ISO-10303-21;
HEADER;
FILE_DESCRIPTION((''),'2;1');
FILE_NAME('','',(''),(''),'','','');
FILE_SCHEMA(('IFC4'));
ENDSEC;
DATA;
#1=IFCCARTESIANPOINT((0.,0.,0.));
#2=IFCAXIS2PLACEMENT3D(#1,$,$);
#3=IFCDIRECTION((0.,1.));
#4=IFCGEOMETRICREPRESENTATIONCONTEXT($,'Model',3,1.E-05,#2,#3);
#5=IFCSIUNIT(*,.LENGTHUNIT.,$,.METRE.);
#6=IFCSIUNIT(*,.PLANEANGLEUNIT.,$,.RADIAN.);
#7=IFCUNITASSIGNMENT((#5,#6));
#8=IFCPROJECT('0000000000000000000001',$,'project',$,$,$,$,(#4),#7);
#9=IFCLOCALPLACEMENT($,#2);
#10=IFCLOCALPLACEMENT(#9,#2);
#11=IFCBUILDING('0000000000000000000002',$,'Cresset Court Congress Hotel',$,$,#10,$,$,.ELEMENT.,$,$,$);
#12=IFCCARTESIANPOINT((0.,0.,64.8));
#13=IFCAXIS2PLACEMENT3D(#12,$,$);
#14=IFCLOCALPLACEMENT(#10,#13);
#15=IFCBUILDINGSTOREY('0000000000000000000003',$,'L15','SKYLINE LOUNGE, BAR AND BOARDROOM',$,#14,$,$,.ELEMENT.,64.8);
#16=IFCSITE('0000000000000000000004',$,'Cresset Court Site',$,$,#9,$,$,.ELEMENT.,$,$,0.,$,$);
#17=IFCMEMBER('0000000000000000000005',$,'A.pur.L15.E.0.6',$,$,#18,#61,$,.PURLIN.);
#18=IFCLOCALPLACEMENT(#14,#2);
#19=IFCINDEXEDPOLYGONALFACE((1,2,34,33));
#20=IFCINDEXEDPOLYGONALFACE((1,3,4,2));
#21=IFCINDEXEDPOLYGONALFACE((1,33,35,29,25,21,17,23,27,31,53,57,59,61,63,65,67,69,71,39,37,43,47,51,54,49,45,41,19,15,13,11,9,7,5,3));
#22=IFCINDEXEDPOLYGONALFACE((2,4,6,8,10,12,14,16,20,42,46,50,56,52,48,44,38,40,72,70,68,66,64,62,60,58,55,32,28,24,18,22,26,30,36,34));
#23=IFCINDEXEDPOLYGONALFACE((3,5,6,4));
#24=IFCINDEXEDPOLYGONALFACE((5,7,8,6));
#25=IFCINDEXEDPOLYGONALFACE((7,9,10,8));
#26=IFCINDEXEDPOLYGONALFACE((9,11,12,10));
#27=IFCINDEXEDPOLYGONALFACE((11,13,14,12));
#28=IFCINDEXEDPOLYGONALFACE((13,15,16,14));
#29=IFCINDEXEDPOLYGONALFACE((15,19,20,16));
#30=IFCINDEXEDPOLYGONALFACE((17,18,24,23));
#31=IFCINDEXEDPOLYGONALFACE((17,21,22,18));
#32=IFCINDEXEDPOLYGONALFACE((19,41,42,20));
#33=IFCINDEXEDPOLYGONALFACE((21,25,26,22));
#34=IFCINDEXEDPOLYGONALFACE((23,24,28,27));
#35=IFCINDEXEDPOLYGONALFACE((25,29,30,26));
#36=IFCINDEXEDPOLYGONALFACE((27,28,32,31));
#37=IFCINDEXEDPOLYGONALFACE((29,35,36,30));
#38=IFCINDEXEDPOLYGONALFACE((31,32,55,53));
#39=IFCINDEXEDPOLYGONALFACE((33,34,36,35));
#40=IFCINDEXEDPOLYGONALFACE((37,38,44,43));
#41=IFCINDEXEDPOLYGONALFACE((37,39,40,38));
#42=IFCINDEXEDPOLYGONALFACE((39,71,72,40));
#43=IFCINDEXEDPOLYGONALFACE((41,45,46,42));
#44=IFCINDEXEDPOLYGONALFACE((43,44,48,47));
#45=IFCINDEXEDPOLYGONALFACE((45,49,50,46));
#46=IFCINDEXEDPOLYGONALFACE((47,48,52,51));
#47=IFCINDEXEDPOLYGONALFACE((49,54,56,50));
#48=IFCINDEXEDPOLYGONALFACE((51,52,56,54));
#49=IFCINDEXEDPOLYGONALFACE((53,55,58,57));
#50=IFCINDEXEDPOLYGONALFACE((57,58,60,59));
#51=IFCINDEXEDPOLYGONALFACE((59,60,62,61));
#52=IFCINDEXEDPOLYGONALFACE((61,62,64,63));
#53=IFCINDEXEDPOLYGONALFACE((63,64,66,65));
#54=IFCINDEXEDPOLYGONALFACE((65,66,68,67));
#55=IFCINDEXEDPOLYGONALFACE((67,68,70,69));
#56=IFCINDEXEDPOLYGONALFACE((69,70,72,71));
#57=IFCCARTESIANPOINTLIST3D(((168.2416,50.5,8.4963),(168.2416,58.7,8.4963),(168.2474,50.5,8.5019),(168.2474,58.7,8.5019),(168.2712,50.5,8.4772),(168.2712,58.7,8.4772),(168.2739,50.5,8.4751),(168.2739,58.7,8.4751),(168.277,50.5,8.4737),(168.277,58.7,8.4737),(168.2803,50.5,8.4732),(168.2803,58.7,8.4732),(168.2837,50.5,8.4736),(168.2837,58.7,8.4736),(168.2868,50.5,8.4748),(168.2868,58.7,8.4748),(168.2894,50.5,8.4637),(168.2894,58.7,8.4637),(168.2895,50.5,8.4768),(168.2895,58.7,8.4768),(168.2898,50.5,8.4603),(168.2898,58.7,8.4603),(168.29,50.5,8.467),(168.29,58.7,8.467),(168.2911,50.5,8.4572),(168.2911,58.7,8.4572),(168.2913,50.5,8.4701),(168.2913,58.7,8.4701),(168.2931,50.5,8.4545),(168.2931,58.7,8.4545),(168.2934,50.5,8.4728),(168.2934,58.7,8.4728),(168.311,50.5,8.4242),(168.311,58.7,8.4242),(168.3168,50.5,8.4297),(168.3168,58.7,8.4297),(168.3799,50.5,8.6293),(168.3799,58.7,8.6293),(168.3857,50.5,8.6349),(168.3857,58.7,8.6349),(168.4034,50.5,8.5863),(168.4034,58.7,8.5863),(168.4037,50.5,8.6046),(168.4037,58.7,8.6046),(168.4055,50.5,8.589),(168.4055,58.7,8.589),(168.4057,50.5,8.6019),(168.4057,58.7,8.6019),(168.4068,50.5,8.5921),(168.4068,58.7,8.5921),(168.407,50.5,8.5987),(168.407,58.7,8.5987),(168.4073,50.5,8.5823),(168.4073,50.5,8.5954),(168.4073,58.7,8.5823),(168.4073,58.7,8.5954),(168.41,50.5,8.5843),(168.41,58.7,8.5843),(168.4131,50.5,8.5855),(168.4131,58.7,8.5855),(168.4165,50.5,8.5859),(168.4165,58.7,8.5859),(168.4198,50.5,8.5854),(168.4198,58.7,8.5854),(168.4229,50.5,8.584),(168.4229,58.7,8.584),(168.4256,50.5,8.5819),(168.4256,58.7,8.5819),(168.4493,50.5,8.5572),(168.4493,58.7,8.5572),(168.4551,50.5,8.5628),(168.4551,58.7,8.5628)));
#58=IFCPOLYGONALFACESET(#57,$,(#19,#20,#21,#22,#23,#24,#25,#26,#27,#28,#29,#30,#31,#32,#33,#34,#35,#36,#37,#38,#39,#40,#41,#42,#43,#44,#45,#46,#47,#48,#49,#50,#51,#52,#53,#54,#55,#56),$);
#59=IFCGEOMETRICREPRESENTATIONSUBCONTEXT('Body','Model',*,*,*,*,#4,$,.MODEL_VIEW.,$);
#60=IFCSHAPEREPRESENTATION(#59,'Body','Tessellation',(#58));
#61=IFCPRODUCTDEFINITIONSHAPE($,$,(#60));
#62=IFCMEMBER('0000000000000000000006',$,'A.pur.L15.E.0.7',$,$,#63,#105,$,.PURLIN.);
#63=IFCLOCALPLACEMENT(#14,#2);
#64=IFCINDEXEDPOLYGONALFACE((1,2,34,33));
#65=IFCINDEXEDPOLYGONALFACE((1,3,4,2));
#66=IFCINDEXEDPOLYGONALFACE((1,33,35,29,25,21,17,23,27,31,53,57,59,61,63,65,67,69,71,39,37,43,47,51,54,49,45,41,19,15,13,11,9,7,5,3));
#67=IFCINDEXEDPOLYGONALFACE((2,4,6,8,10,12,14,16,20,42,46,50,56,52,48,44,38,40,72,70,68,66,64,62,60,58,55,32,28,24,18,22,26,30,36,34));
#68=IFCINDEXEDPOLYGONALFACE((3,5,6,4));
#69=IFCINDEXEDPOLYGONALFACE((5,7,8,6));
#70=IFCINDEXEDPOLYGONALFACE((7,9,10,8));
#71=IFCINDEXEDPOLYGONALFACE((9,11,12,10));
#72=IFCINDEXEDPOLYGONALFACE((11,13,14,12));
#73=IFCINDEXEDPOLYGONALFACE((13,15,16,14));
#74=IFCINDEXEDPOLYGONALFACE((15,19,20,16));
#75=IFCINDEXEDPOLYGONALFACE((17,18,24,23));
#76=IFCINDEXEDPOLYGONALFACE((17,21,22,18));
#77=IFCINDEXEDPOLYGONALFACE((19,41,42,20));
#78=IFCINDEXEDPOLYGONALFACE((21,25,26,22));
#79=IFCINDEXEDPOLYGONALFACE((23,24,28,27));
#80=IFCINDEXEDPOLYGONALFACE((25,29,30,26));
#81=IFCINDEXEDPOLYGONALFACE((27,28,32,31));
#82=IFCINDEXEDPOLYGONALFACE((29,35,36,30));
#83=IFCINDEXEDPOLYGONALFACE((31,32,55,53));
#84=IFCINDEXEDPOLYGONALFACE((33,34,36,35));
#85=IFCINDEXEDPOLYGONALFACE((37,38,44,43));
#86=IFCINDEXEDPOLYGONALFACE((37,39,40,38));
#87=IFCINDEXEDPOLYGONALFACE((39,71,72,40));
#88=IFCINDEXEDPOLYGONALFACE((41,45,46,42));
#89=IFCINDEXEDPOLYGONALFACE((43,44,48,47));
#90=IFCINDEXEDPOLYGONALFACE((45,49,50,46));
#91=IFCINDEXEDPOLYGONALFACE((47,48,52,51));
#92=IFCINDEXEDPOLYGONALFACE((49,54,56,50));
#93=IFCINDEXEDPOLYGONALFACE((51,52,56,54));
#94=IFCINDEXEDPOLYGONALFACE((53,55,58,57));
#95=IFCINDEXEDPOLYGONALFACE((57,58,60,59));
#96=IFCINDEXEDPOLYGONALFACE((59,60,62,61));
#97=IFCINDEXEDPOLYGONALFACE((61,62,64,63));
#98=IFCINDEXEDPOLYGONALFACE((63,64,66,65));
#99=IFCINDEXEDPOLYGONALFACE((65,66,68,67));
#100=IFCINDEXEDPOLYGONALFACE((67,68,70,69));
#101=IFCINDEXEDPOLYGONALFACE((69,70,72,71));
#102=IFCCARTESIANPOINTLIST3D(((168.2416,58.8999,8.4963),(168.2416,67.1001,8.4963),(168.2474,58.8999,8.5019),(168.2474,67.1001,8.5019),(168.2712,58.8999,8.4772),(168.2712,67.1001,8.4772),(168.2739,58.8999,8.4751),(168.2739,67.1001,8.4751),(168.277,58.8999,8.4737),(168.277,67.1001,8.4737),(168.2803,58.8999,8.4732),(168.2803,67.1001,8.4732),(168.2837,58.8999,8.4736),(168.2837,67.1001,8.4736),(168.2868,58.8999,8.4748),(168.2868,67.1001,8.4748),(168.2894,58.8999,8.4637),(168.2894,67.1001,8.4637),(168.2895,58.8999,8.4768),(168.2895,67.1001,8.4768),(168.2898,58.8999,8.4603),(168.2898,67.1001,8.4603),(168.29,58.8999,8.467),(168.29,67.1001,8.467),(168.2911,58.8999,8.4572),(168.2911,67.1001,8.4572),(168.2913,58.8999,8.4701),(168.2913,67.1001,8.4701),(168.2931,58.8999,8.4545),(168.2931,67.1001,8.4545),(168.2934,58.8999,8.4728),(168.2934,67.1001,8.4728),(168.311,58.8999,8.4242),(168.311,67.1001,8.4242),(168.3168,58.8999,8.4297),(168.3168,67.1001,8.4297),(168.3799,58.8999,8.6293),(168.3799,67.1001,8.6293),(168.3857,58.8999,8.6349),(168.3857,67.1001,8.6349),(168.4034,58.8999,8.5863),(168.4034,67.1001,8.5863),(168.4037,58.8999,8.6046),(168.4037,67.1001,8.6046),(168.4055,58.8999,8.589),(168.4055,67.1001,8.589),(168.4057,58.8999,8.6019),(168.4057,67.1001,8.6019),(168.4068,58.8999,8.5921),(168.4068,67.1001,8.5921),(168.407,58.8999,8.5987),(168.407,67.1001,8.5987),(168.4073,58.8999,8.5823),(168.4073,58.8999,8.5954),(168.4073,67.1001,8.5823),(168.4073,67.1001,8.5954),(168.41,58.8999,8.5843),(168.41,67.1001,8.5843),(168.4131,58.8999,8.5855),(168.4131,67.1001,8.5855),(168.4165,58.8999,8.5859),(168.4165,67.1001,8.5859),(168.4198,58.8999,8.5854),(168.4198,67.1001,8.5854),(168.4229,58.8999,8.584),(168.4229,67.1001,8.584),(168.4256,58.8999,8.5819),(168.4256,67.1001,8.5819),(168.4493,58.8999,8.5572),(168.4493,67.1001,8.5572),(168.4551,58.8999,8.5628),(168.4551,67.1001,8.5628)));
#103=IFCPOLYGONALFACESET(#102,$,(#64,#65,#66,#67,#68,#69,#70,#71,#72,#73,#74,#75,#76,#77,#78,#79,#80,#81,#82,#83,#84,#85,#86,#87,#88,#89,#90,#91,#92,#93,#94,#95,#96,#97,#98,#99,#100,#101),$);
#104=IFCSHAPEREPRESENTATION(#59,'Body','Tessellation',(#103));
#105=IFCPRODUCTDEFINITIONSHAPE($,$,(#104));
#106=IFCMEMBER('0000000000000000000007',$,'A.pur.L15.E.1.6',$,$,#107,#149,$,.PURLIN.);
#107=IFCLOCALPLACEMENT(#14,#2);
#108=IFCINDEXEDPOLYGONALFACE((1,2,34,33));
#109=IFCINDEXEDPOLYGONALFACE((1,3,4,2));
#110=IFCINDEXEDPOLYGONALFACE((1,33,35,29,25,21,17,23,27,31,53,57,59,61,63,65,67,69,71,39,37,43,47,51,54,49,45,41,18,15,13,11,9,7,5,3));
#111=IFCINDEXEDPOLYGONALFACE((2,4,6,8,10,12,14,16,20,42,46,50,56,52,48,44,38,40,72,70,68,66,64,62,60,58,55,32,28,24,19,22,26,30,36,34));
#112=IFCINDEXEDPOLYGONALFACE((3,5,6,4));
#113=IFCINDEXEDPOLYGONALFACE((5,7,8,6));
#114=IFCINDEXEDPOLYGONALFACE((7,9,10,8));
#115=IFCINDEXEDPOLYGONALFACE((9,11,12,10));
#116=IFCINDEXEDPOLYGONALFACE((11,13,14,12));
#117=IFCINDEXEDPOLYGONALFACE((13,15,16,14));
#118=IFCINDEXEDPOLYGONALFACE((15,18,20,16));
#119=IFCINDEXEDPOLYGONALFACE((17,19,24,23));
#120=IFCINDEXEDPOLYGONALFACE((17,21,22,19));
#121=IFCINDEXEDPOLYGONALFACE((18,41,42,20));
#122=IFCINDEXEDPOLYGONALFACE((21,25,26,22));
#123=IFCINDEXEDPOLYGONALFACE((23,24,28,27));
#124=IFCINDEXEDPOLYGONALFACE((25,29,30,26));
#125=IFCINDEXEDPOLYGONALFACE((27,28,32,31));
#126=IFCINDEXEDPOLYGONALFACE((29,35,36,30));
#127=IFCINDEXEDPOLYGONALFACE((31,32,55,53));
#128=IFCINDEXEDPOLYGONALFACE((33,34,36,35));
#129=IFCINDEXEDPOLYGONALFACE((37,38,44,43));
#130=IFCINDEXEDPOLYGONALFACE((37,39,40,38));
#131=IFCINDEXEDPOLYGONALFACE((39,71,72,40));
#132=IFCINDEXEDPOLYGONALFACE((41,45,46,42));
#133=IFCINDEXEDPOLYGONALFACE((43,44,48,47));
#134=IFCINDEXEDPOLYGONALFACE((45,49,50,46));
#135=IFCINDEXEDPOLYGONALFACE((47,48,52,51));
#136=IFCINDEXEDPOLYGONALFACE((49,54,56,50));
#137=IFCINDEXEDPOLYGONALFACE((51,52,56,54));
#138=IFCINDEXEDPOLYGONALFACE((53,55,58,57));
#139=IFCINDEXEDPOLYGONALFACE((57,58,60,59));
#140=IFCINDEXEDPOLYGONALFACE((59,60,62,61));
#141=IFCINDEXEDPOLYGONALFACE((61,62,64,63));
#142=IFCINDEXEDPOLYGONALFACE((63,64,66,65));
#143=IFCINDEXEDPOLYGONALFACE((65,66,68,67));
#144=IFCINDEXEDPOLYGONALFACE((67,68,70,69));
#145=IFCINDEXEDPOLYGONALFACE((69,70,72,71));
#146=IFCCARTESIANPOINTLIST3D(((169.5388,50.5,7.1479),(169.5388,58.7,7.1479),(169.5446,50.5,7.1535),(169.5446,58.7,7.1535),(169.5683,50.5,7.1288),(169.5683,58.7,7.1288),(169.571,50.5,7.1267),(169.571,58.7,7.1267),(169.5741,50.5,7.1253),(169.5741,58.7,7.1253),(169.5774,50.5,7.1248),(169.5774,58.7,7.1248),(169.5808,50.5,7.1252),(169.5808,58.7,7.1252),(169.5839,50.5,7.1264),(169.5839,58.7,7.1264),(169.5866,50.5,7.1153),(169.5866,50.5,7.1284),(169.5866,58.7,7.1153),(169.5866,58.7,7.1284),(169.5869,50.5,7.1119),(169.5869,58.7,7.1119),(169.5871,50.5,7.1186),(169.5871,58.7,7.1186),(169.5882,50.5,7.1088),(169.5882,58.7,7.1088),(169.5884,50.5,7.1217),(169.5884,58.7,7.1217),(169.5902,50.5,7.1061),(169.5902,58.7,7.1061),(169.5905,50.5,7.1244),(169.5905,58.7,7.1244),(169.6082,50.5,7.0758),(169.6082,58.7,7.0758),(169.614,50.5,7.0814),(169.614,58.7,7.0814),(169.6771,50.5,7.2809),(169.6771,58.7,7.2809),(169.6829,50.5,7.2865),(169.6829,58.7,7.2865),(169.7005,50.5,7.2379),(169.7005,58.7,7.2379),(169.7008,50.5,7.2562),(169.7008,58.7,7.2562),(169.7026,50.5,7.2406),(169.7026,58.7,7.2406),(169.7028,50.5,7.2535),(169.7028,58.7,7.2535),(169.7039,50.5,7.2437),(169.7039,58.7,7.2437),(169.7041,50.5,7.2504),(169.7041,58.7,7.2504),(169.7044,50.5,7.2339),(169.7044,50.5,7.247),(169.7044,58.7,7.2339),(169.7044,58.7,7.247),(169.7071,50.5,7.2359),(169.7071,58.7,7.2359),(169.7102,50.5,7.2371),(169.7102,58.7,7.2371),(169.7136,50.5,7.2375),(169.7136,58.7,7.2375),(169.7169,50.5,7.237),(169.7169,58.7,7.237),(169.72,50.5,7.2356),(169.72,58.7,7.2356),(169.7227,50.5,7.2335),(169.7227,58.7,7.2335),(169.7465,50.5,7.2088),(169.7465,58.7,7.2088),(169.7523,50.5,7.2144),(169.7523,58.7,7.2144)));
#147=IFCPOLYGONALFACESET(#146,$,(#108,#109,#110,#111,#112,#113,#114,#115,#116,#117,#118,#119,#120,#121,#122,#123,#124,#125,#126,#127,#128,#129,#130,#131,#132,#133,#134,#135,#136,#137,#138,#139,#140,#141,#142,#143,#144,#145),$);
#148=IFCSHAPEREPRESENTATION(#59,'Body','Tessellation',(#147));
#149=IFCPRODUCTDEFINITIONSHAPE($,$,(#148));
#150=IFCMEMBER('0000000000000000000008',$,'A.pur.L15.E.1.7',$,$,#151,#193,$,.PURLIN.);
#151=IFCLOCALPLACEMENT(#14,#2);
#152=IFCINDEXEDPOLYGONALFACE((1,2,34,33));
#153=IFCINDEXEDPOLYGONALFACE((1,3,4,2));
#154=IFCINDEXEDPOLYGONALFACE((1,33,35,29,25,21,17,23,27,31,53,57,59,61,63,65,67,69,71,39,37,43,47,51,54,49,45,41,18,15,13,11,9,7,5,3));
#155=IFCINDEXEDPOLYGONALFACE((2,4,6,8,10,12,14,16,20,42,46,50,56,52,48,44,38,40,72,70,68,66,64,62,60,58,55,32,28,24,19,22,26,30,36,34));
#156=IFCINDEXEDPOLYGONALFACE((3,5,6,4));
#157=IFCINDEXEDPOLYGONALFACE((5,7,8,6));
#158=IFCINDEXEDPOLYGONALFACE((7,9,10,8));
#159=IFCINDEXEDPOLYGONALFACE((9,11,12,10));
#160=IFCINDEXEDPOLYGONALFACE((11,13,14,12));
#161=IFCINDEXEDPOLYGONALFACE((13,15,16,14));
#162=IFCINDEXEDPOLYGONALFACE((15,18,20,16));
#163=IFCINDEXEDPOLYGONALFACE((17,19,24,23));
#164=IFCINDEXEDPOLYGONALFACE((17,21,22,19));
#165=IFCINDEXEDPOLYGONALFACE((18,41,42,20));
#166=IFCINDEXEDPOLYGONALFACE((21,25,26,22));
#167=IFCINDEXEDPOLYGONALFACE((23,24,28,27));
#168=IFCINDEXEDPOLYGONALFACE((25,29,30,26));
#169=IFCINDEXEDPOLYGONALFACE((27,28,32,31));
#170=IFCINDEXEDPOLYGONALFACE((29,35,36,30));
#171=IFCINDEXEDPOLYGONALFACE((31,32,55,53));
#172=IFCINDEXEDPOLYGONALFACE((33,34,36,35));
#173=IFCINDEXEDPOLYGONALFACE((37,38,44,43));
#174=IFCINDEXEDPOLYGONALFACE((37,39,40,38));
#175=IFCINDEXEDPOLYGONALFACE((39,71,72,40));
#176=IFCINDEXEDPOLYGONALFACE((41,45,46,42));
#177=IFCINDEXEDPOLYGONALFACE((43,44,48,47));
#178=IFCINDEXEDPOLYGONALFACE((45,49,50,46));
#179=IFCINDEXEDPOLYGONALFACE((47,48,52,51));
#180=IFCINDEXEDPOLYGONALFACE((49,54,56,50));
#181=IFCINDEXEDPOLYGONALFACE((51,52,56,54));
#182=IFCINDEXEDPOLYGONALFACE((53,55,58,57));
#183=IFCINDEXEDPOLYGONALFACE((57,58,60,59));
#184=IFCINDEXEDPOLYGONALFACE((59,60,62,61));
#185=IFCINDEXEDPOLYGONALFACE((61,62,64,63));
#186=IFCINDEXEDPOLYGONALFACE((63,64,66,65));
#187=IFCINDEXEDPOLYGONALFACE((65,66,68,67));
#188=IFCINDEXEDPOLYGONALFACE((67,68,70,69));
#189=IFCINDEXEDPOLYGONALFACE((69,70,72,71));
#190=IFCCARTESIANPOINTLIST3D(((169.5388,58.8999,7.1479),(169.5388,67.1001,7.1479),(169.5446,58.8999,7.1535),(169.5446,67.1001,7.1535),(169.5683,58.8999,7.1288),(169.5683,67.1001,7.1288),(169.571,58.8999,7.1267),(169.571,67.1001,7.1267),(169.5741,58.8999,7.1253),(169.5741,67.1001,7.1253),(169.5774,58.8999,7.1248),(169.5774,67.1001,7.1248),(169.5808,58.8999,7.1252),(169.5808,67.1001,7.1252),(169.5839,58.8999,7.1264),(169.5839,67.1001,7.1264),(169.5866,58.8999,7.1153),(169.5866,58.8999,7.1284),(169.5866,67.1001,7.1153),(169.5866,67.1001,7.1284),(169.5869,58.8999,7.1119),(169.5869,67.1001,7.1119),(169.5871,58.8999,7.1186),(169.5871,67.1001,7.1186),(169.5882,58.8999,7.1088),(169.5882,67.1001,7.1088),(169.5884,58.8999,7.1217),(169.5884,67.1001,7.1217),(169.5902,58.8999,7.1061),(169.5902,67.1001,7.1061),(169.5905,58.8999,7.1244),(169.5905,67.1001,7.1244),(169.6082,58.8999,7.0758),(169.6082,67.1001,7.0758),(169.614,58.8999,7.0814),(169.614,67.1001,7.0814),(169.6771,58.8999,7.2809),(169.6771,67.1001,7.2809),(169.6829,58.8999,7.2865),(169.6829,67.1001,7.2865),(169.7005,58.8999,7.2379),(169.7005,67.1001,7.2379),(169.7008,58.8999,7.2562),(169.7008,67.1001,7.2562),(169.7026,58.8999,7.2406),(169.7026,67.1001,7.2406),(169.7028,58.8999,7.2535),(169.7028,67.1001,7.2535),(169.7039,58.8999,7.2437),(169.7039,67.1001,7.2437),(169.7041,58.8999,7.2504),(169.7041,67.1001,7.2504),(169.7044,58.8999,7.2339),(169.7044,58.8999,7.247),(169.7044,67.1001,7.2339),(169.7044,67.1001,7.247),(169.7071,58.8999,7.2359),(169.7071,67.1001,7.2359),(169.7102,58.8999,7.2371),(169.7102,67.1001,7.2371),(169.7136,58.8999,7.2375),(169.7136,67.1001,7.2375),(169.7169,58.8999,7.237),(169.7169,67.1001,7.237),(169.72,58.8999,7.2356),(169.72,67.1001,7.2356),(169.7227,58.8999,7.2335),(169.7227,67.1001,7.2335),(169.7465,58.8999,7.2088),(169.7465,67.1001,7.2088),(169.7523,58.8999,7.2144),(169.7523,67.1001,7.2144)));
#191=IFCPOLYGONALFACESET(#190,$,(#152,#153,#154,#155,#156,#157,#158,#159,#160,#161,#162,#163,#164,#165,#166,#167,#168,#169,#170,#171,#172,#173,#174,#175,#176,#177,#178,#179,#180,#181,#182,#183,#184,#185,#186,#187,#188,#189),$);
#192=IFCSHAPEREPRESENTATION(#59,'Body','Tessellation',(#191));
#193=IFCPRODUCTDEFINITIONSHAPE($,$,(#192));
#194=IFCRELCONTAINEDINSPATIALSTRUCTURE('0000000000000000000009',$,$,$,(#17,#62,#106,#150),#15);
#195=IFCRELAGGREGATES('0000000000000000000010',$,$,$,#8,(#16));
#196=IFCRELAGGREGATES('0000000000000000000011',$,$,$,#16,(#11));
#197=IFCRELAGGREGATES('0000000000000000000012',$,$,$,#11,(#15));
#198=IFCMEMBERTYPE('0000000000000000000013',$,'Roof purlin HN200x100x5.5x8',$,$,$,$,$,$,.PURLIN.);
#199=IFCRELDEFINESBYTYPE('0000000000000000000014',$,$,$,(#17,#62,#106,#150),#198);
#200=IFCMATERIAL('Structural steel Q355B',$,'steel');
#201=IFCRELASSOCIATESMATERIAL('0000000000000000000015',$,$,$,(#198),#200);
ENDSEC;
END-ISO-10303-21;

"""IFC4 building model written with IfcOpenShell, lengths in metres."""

from ifc_helpers import new_model, si_unit, direction, frame, origin, origin_2d, place, context, subcontext, project, spatial, i_section, extrude, material, material_profile, profile_set, type_object, element, save


model = new_model("IFC4")

# Units and contexts
model_context = context("Model", 3, precision=1e-05, world=origin(), true_north=direction((0.0, 1.0)))
body_context = subcontext(model_context, "Body", "Model", "MODEL_VIEW")
ifc_project = project(units=[si_unit("LENGTHUNIT", "METRE"), si_unit("PLANEANGLEUNIT", "RADIAN")], contexts=[model_context])

# Site, building, storey
site_placement = place(None, origin())
site = spatial("IfcSite", under=ifc_project, at=site_placement, Name="Cresset Court Site", CompositionType="ELEMENT", RefElevation=0.0)
building_placement = place(site_placement, origin())
building = spatial("IfcBuilding", under=site, at=building_placement, Name="Cresset Court Congress Hotel", CompositionType="ELEMENT")
storey_placement = place(building_placement, frame((0.0, 0.0, 64.8)))
storey = spatial("IfcBuildingStorey", under=building, at=storey_placement, Name="L15", Description="SKYLINE LOUNGE, BAR AND BOARDROOM", CompositionType="ELEMENT", Elevation=64.8)

# Members
ifc_material_1 = material(Name="Structural steel Q355B", Category="steel")
ifc_material_profile_1 = material_profile(ifc_material_1, i_section(OverallWidth=0.1001, OverallDepth=0.2, WebThickness=0.0056, FlangeThickness=0.0081, FilletRadius=0.0129, at=origin_2d()), Name="HN200x100x5.5x8")
ifc_profile_set_1 = profile_set([ifc_material_profile_1], Name="Structural steel Q355B")
member_type_1 = type_object("IfcMemberType", Name="Roof purlin HN200x100x5.5x8", PredefinedType="PURLIN", material=ifc_profile_set_1)
member_1_placement = place(storey_placement, frame((168.3484, 50.5, 8.5295), z_axis=(0.0, 1.0, 0.0), x_axis=(-0.693246, 0.0, 0.720701)))
element("IfcMember", 1, at=member_1_placement, inside=storey, type_object=member_type_1, Name="A.pur.L15.E.0.6", PredefinedType="PURLIN", context=body_context, shape_type="SweptSolid", body=[
    extrude(i_section(OverallWidth=0.1001, OverallDepth=0.2, WebThickness=0.0056, FlangeThickness=0.0081, FilletRadius=0.0129, at=origin_2d()), origin(), (0.0, 0.0, 1.0), 8.2),
])
member_2_placement = place(storey_placement, frame((168.3484, 58.8999, 8.5295), z_axis=(0.0, 1.0, 0.0), x_axis=(-0.693246, 0.0, 0.720701)))
element("IfcMember", 2, at=member_2_placement, inside=storey, type_object=member_type_1, Name="A.pur.L15.E.0.7", PredefinedType="PURLIN", context=body_context, shape_type="SweptSolid", body=[
    extrude(i_section(OverallWidth=0.1001, OverallDepth=0.2, WebThickness=0.0056, FlangeThickness=0.0081, FilletRadius=0.0129, at=origin_2d()), origin(), (0.0, 0.0, 1.0), 8.2002),
])
member_3_placement = place(storey_placement, frame((169.6455, 50.5, 7.1812), z_axis=(0.0, 1.0, 0.0), x_axis=(-0.693246, 0.0, 0.720701)))
element("IfcMember", 3, at=member_3_placement, inside=storey, type_object=member_type_1, Name="A.pur.L15.E.1.6", PredefinedType="PURLIN", context=body_context, shape_type="SweptSolid", body=[
    extrude(i_section(OverallWidth=0.1001, OverallDepth=0.2, WebThickness=0.0056, FlangeThickness=0.0081, FilletRadius=0.0129, at=origin_2d()), origin(), (0.0, 0.0, 1.0), 8.2),
])
member_4_placement = place(storey_placement, frame((169.6455, 58.8999, 7.1812), z_axis=(0.0, 1.0, 0.0), x_axis=(-0.693246, 0.0, 0.720701)))
element("IfcMember", 4, at=member_4_placement, inside=storey, type_object=member_type_1, Name="A.pur.L15.E.1.7", PredefinedType="PURLIN", context=body_context, shape_type="SweptSolid", body=[
    extrude(i_section(OverallWidth=0.1001, OverallDepth=0.2, WebThickness=0.0056, FlangeThickness=0.0081, FilletRadius=0.0129, at=origin_2d()), origin(), (0.0, 0.0, 1.0), 8.2002),
])

save(model, "model.ifc")
